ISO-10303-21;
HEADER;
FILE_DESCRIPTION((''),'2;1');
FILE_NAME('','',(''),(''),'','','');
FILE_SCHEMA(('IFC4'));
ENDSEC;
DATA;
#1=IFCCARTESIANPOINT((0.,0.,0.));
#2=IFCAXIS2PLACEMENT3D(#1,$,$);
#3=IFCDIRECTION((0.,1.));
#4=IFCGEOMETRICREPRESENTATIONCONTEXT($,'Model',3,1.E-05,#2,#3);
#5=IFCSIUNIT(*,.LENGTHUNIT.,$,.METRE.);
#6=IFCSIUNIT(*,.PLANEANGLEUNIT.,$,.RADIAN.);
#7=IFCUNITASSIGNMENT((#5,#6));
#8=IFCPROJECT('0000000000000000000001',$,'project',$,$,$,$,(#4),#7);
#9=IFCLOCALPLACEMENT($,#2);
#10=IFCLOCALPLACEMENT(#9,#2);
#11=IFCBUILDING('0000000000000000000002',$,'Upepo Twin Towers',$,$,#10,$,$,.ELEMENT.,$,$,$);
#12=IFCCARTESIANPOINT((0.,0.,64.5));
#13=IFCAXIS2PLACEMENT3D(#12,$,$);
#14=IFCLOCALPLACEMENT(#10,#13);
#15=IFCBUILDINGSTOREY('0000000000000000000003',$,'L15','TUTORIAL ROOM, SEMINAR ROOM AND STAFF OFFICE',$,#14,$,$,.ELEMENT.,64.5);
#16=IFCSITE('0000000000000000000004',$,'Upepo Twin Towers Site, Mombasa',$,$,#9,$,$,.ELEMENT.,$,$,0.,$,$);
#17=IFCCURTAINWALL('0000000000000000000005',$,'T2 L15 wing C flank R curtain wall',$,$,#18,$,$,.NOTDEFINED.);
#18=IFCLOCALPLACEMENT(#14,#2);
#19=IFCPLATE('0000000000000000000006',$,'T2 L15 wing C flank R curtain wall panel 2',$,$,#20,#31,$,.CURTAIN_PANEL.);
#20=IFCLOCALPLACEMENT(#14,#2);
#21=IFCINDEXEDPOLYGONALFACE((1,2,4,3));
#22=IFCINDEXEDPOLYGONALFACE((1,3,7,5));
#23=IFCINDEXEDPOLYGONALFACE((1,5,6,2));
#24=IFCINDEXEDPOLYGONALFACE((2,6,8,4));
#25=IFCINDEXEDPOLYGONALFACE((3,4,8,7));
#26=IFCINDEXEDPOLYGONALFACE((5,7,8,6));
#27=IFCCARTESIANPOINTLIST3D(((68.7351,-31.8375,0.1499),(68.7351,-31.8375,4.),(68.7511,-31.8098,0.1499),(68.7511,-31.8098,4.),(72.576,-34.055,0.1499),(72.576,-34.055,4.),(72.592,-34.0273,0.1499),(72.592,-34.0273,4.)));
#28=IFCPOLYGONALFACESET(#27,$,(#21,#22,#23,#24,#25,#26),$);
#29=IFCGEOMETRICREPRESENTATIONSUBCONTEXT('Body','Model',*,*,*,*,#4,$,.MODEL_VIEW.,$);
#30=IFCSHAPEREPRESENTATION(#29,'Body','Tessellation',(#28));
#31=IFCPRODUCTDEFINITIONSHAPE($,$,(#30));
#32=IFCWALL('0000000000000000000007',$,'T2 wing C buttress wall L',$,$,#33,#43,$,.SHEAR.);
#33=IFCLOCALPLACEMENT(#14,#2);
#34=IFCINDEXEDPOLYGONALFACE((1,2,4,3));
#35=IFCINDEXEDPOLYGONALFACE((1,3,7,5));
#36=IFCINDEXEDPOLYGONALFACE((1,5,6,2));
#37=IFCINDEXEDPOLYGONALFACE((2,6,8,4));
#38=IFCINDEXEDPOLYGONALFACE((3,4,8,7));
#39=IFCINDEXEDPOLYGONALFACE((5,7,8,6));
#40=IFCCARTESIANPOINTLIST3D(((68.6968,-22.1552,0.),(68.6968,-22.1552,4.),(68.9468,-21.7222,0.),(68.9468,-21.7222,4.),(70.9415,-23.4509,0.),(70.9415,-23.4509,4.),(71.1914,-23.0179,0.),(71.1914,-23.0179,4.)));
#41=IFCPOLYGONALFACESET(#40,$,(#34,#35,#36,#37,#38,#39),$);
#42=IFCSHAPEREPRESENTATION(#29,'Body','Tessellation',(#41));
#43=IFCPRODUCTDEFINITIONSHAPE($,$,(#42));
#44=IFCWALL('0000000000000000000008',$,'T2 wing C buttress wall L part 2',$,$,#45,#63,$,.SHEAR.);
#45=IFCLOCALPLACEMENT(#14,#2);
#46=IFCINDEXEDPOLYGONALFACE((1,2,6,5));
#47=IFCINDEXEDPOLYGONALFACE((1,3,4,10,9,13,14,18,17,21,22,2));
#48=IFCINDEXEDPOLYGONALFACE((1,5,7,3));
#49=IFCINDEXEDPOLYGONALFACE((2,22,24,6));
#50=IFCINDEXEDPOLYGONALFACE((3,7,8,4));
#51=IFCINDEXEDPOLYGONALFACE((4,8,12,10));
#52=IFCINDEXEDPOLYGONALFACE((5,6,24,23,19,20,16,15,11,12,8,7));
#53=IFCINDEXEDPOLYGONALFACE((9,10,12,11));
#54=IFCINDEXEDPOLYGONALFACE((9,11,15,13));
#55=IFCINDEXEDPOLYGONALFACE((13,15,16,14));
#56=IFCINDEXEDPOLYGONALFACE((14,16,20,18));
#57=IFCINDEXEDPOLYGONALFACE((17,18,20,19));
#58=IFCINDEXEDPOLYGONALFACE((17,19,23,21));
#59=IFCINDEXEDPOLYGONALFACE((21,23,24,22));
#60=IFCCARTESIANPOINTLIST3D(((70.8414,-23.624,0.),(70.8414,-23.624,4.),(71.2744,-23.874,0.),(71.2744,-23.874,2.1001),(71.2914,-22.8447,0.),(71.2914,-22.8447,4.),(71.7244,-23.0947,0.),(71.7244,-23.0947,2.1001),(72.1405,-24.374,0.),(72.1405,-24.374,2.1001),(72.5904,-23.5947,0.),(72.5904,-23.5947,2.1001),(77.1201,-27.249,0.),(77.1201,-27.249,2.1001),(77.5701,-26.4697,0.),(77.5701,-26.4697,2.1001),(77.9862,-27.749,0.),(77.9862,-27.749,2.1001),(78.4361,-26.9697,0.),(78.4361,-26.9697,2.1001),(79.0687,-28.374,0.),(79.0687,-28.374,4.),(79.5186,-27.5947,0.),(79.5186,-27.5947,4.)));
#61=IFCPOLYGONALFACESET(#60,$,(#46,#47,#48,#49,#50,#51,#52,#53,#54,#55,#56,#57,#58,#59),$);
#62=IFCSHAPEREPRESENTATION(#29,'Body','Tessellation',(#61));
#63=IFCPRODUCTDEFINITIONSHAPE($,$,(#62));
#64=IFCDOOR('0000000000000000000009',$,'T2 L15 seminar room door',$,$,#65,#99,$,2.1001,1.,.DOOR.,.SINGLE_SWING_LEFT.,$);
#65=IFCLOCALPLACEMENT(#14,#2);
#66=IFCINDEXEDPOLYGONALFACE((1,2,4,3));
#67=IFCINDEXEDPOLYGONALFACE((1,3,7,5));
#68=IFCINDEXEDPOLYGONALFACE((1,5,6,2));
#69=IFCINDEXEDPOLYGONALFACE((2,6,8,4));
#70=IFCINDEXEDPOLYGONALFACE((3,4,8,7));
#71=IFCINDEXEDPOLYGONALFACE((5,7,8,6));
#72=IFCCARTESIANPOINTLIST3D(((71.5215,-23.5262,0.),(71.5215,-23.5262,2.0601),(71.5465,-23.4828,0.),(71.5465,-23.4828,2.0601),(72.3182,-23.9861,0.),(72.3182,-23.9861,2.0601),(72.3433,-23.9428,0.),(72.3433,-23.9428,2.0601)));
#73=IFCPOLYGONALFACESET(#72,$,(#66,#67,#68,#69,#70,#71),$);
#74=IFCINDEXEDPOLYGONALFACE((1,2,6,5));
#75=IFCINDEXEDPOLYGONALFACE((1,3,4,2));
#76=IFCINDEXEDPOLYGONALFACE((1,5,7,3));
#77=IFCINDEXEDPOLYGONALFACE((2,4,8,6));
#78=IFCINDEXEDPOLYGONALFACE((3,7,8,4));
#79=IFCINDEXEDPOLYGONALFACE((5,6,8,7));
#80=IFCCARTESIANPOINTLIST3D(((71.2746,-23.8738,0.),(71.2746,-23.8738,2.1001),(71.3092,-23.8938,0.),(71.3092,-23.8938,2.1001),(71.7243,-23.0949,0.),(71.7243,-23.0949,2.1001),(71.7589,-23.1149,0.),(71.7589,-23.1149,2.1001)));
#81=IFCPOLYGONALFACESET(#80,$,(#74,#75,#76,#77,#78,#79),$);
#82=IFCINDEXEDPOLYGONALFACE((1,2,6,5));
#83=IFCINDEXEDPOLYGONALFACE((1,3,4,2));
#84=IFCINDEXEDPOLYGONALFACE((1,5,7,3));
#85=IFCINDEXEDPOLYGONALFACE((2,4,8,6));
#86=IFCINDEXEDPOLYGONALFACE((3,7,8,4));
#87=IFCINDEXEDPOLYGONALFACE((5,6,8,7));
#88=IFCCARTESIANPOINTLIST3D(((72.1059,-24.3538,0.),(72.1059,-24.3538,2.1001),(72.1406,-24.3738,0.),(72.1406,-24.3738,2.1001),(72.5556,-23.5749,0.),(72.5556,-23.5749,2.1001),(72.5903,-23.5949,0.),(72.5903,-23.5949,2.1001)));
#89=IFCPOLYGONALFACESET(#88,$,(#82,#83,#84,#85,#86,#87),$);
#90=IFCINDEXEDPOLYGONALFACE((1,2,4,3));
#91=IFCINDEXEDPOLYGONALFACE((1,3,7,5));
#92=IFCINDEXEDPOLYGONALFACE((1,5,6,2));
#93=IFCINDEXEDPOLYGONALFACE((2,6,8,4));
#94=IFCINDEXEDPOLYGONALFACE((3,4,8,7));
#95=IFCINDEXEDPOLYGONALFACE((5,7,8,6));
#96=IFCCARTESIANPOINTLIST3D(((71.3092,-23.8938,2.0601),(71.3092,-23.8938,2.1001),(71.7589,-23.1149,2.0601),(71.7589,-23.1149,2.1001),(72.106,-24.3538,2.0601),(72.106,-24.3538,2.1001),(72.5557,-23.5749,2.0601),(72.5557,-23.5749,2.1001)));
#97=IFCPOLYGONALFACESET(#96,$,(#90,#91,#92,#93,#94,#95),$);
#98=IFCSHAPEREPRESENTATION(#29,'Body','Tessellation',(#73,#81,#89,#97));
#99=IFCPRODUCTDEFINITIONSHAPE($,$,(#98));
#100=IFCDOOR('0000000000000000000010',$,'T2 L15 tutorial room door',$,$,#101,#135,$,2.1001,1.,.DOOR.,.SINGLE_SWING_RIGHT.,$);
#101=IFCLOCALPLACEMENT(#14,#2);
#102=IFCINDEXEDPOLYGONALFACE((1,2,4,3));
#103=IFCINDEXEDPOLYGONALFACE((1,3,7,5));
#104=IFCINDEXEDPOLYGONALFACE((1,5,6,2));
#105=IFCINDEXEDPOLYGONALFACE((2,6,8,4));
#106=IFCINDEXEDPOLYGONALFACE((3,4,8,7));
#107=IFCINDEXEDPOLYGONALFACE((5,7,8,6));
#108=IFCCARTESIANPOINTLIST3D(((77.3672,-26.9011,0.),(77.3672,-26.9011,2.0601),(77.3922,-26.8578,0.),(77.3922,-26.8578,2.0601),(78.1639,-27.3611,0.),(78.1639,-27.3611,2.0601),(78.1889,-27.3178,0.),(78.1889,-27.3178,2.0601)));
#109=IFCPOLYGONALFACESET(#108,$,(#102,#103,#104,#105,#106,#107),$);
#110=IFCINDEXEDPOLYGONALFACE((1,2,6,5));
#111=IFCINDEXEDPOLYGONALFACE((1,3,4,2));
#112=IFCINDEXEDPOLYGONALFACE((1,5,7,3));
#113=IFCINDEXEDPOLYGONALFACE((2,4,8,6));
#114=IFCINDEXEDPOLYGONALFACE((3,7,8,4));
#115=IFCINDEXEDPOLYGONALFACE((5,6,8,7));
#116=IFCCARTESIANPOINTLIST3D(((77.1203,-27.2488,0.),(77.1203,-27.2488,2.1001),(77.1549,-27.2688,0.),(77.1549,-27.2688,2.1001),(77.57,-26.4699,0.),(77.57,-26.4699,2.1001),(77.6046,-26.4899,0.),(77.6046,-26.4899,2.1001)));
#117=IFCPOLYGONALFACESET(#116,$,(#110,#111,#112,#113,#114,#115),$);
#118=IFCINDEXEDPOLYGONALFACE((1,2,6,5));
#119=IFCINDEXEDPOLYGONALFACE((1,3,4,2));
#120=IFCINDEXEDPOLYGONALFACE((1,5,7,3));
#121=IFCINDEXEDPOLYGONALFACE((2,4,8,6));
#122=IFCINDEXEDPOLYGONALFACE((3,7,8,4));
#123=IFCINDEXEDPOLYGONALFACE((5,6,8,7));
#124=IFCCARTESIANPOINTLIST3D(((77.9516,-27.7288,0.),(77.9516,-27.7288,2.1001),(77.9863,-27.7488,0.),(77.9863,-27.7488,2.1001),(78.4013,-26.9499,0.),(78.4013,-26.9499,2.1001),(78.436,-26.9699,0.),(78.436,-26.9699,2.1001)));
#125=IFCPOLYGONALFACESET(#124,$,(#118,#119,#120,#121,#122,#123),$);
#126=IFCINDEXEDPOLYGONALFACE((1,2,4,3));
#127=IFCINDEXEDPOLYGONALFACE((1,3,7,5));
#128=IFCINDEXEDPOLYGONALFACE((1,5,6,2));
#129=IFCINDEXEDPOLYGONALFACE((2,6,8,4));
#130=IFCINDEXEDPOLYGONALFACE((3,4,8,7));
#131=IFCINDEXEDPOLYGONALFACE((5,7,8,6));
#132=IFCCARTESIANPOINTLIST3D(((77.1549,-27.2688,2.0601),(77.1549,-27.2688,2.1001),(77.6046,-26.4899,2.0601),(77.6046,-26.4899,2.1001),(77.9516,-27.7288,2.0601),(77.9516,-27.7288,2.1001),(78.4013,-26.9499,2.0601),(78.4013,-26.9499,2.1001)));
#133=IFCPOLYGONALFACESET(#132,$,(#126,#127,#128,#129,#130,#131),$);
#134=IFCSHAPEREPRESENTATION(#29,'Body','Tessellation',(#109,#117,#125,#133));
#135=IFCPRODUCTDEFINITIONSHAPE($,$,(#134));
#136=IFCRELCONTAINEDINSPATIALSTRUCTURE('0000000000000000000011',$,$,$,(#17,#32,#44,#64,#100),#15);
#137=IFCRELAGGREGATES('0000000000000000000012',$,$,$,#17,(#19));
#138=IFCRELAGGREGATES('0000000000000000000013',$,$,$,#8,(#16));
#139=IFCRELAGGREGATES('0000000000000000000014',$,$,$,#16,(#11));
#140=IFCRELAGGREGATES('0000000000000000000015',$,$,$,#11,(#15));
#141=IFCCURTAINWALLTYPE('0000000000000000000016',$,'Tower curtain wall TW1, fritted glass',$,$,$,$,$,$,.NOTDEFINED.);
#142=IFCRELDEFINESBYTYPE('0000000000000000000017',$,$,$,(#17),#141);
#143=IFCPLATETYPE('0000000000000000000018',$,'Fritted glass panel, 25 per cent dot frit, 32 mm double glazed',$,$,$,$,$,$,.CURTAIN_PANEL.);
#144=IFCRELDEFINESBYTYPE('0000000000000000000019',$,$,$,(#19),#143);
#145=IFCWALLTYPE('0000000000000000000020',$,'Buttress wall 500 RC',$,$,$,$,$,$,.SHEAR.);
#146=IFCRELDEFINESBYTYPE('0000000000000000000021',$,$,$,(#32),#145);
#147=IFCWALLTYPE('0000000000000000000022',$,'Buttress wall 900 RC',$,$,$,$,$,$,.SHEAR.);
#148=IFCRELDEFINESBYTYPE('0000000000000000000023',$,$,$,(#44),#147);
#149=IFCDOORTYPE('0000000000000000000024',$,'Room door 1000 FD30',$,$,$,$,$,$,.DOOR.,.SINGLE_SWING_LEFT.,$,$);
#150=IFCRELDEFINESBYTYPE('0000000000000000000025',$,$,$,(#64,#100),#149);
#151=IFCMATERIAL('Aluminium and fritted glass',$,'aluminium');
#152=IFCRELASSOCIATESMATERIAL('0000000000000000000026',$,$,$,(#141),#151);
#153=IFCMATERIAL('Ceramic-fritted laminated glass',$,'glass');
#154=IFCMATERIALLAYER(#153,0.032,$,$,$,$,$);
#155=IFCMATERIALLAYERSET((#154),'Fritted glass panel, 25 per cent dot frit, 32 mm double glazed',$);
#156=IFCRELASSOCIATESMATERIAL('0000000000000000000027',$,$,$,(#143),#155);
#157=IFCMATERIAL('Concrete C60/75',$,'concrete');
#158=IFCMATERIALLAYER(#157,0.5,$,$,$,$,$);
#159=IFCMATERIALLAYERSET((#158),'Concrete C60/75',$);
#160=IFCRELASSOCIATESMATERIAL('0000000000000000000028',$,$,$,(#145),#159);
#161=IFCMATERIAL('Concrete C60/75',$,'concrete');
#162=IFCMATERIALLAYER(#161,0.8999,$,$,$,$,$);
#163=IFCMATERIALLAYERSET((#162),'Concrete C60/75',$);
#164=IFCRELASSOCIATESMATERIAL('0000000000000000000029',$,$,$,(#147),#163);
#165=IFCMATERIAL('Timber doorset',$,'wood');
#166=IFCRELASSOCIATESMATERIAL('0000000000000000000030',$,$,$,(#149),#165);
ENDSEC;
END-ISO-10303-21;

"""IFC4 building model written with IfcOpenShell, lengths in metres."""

from ifc_helpers import new_model, si_unit, direction, frame, frame_2d, origin, origin_2d, place, context, subcontext, project, spatial, rectangle, extrude, material, layer, layer_set, type_object, element, fill, aggregate, save


model = new_model("IFC4")

# Units and contexts
model_context = context("Model", 3, precision=1e-05, world=origin(), true_north=direction((0.0, 1.0)))
body_context = subcontext(model_context, "Body", "Model", "MODEL_VIEW")
ifc_project = project(units=[si_unit("LENGTHUNIT", "METRE"), si_unit("PLANEANGLEUNIT", "RADIAN")], contexts=[model_context])

# Site, building, storey
site_placement = place(None, origin())
site = spatial("IfcSite", under=ifc_project, at=site_placement, Name="Upepo Twin Towers Site, Mombasa", CompositionType="ELEMENT", RefElevation=0.0)
building_placement = place(site_placement, origin())
building = spatial("IfcBuilding", under=site, at=building_placement, Name="Upepo Twin Towers", CompositionType="ELEMENT")
storey_placement = place(building_placement, frame((0.0, 0.0, 64.5)))
storey = spatial("IfcBuildingStorey", under=building, at=storey_placement, Name="L15", Description="TUTORIAL ROOM, SEMINAR ROOM AND STAFF OFFICE", CompositionType="ELEMENT", Elevation=64.5)

# Curtain wall, plate
ifc_material_1 = material(Name="Aluminium and fritted glass", Category="aluminium")
curtain_wall_type = type_object("IfcCurtainWallType", Name="Tower curtain wall TW1, fritted glass", PredefinedType="NOTDEFINED", material=ifc_material_1)
curtain_wall_placement = place(storey_placement, origin())
curtain_wall = element("IfcCurtainWall", 1, at=curtain_wall_placement, inside=storey, type_object=curtain_wall_type, Name="T2 L15 wing C flank R curtain wall", PredefinedType="NOTDEFINED")
ifc_material_2 = material(Name="Ceramic-fritted laminated glass", Category="glass")
ifc_layer_1 = layer(ifc_material_2, 0.032)
ifc_layer_set_1 = layer_set([ifc_layer_1], Name="Fritted glass panel, 25 per cent dot frit, 32 mm double glazed")
plate_type = type_object("IfcPlateType", Name="Fritted glass panel, 25 per cent dot frit, 32 mm double glazed", PredefinedType="CURTAIN_PANEL", material=ifc_layer_set_1)
plate_1_placement = place(storey_placement, frame((70.6636, -32.9324, 0.1499), z_axis=(0.0, 0.0, 1.0), x_axis=(-0.866025, 0.5, 0.0)))
plate_1 = element("IfcPlate", 2, at=plate_1_placement, type_object=plate_type, Name="T2 L15 wing C flank R curtain wall panel 2", PredefinedType="CURTAIN_PANEL", context=body_context, shape_type="SweptSolid", body=[
    extrude(rectangle(XDim=4.4351, YDim=0.032, at=origin_2d()), origin(), (0.0, 0.0, 1.0), 3.8501),
])
aggregate(curtain_wall, [plate_1])

# Wall
ifc_material_3 = material(Name="Concrete C60/75", Category="concrete")
ifc_layer_2 = layer(ifc_material_3, 0.5)
ifc_layer_set_2 = layer_set([ifc_layer_2], Name="Concrete C60/75")
wall_type_1 = type_object("IfcWallType", Name="Buttress wall 500 RC", PredefinedType="SHEAR", material=ifc_layer_set_2)
wall_1_placement = place(storey_placement, frame((68.8218, -21.9387, 0.0), z_axis=(0.0, 0.0, 1.0), x_axis=(0.866073, -0.499918, 0.0)))
element("IfcWall", 3, at=wall_1_placement, inside=storey, type_object=wall_type_1, Name="T2 wing C buttress wall L", PredefinedType="SHEAR", context=body_context, shape_type="SweptSolid", body=[
    extrude(rectangle(XDim=2.5918, YDim=0.5, at=frame_2d((1.2959, 0.0))), origin(), (0.0, 0.0, 1.0), 4.0),
])

# Wall, openings, doors
ifc_material_4 = material(Name="Concrete C60/75", Category="concrete")
ifc_layer_3 = layer(ifc_material_4, 0.8999)
ifc_layer_set_3 = layer_set([ifc_layer_3], Name="Concrete C60/75")
wall_type_2 = type_object("IfcWallType", Name="Buttress wall 900 RC", PredefinedType="SHEAR", material=ifc_layer_set_3)
wall_2_placement = place(storey_placement, frame((71.0664, -23.2344, 0.0), z_axis=(0.0, 0.0, 1.0), x_axis=(0.866027, -0.499998, 0.0)))
wall_2 = element("IfcWall", 4, at=wall_2_placement, inside=storey, type_object=wall_type_2, Name="T2 wing C buttress wall L part 2", PredefinedType="SHEAR", context=body_context, shape_type="SweptSolid", body=[
    extrude(rectangle(XDim=9.5, YDim=0.8999, at=frame_2d((4.75, 0.0))), origin(), (0.0, 0.0, 1.0), 4.0),
])
opening_1_placement = place(wall_2_placement, frame((0.5, 0.0, 0.0)))
opening_1 = element("IfcOpeningElement", 5, at=opening_1_placement, cuts=wall_2, PredefinedType="OPENING", context=body_context, shape_type="SweptSolid", body=[
    extrude(rectangle(XDim=1.0, YDim=2.1001, at=frame_2d((0.5, 1.05))), frame((0.0, 0.46, 0.0), z_axis=(0.0, -1.0, 0.0), x_axis=(1.0, 0.0, 0.0)), (0.0, 0.0, 1.0), 0.9199),
])
opening_2_placement = place(wall_2_placement, frame((7.25, 0.0, 0.0)))
opening_2 = element("IfcOpeningElement", 6, at=opening_2_placement, cuts=wall_2, PredefinedType="OPENING", context=body_context, shape_type="SweptSolid", body=[
    extrude(rectangle(XDim=1.0, YDim=2.1001, at=frame_2d((0.5, 1.05))), frame((0.0, 0.46, 0.0), z_axis=(0.0, -1.0, 0.0), x_axis=(1.0, 0.0, 0.0)), (0.0, 0.0, 1.0), 0.9199),
])
ifc_material_5 = material(Name="Timber doorset", Category="wood")
door_type = type_object("IfcDoorType", Name="Room door 1000 FD30", OperationType="SINGLE_SWING_LEFT", PredefinedType="DOOR", material=ifc_material_5)
door_1_placement = place(opening_1_placement, origin())
door_1 = element("IfcDoor", 7, at=door_1_placement, inside=storey, type_object=door_type, Name="T2 L15 seminar room door", OperationType="SINGLE_SWING_LEFT", OverallHeight=2.1001, OverallWidth=1.0, PredefinedType="DOOR", context=body_context, shape_type="SweptSolid", body=[
    extrude(rectangle(XDim=0.92, YDim=2.0601, at=frame_2d((0.5, 1.03))), frame((0.0, 0.0249, 0.0), z_axis=(0.0, -1.0, 0.0), x_axis=(1.0, 0.0, 0.0)), (0.0, 0.0, 1.0), 0.05),
    extrude(rectangle(XDim=0.04, YDim=2.1001, at=frame_2d((0.02, 1.05))), frame((0.0, 0.4497, 0.0), z_axis=(0.0, -1.0, 0.0), x_axis=(1.0, 0.0, 0.0)), (0.0, 0.0, 1.0), 0.8994),
    extrude(rectangle(XDim=0.04, YDim=2.1001, at=frame_2d((0.98, 1.05))), frame((0.0, 0.4497, 0.0), z_axis=(0.0, -1.0, 0.0), x_axis=(1.0, 0.0, 0.0)), (0.0, 0.0, 1.0), 0.8994),
    extrude(rectangle(XDim=0.92, YDim=0.04, at=frame_2d((0.5, 2.0801))), frame((0.0, 0.4497, 0.0), z_axis=(0.0, -1.0, 0.0), x_axis=(1.0, 0.0, 0.0)), (0.0, 0.0, 1.0), 0.8994),
])
fill(opening_1, door_1)
door_2_placement = place(opening_2_placement, origin())
door_2 = element("IfcDoor", 8, at=door_2_placement, inside=storey, type_object=door_type, Name="T2 L15 tutorial room door", OperationType="SINGLE_SWING_RIGHT", OverallHeight=2.1001, OverallWidth=1.0, PredefinedType="DOOR", context=body_context, shape_type="SweptSolid", body=[
    extrude(rectangle(XDim=0.92, YDim=2.0601, at=frame_2d((0.5, 1.03))), frame((0.0, 0.0249, 0.0), z_axis=(0.0, -1.0, 0.0), x_axis=(1.0, 0.0, 0.0)), (0.0, 0.0, 1.0), 0.05),
    extrude(rectangle(XDim=0.04, YDim=2.1001, at=frame_2d((0.02, 1.05))), frame((0.0, 0.4497, 0.0), z_axis=(0.0, -1.0, 0.0), x_axis=(1.0, 0.0, 0.0)), (0.0, 0.0, 1.0), 0.8994),
    extrude(rectangle(XDim=0.04, YDim=2.1001, at=frame_2d((0.98, 1.05))), frame((0.0, 0.4497, 0.0), z_axis=(0.0, -1.0, 0.0), x_axis=(1.0, 0.0, 0.0)), (0.0, 0.0, 1.0), 0.8994),
    extrude(rectangle(XDim=0.92, YDim=0.04, at=frame_2d((0.5, 2.0801))), frame((0.0, 0.4497, 0.0), z_axis=(0.0, -1.0, 0.0), x_axis=(1.0, 0.0, 0.0)), (0.0, 0.0, 1.0), 0.8994),
])
fill(opening_2, door_2)

save(model, "model.ifc")
